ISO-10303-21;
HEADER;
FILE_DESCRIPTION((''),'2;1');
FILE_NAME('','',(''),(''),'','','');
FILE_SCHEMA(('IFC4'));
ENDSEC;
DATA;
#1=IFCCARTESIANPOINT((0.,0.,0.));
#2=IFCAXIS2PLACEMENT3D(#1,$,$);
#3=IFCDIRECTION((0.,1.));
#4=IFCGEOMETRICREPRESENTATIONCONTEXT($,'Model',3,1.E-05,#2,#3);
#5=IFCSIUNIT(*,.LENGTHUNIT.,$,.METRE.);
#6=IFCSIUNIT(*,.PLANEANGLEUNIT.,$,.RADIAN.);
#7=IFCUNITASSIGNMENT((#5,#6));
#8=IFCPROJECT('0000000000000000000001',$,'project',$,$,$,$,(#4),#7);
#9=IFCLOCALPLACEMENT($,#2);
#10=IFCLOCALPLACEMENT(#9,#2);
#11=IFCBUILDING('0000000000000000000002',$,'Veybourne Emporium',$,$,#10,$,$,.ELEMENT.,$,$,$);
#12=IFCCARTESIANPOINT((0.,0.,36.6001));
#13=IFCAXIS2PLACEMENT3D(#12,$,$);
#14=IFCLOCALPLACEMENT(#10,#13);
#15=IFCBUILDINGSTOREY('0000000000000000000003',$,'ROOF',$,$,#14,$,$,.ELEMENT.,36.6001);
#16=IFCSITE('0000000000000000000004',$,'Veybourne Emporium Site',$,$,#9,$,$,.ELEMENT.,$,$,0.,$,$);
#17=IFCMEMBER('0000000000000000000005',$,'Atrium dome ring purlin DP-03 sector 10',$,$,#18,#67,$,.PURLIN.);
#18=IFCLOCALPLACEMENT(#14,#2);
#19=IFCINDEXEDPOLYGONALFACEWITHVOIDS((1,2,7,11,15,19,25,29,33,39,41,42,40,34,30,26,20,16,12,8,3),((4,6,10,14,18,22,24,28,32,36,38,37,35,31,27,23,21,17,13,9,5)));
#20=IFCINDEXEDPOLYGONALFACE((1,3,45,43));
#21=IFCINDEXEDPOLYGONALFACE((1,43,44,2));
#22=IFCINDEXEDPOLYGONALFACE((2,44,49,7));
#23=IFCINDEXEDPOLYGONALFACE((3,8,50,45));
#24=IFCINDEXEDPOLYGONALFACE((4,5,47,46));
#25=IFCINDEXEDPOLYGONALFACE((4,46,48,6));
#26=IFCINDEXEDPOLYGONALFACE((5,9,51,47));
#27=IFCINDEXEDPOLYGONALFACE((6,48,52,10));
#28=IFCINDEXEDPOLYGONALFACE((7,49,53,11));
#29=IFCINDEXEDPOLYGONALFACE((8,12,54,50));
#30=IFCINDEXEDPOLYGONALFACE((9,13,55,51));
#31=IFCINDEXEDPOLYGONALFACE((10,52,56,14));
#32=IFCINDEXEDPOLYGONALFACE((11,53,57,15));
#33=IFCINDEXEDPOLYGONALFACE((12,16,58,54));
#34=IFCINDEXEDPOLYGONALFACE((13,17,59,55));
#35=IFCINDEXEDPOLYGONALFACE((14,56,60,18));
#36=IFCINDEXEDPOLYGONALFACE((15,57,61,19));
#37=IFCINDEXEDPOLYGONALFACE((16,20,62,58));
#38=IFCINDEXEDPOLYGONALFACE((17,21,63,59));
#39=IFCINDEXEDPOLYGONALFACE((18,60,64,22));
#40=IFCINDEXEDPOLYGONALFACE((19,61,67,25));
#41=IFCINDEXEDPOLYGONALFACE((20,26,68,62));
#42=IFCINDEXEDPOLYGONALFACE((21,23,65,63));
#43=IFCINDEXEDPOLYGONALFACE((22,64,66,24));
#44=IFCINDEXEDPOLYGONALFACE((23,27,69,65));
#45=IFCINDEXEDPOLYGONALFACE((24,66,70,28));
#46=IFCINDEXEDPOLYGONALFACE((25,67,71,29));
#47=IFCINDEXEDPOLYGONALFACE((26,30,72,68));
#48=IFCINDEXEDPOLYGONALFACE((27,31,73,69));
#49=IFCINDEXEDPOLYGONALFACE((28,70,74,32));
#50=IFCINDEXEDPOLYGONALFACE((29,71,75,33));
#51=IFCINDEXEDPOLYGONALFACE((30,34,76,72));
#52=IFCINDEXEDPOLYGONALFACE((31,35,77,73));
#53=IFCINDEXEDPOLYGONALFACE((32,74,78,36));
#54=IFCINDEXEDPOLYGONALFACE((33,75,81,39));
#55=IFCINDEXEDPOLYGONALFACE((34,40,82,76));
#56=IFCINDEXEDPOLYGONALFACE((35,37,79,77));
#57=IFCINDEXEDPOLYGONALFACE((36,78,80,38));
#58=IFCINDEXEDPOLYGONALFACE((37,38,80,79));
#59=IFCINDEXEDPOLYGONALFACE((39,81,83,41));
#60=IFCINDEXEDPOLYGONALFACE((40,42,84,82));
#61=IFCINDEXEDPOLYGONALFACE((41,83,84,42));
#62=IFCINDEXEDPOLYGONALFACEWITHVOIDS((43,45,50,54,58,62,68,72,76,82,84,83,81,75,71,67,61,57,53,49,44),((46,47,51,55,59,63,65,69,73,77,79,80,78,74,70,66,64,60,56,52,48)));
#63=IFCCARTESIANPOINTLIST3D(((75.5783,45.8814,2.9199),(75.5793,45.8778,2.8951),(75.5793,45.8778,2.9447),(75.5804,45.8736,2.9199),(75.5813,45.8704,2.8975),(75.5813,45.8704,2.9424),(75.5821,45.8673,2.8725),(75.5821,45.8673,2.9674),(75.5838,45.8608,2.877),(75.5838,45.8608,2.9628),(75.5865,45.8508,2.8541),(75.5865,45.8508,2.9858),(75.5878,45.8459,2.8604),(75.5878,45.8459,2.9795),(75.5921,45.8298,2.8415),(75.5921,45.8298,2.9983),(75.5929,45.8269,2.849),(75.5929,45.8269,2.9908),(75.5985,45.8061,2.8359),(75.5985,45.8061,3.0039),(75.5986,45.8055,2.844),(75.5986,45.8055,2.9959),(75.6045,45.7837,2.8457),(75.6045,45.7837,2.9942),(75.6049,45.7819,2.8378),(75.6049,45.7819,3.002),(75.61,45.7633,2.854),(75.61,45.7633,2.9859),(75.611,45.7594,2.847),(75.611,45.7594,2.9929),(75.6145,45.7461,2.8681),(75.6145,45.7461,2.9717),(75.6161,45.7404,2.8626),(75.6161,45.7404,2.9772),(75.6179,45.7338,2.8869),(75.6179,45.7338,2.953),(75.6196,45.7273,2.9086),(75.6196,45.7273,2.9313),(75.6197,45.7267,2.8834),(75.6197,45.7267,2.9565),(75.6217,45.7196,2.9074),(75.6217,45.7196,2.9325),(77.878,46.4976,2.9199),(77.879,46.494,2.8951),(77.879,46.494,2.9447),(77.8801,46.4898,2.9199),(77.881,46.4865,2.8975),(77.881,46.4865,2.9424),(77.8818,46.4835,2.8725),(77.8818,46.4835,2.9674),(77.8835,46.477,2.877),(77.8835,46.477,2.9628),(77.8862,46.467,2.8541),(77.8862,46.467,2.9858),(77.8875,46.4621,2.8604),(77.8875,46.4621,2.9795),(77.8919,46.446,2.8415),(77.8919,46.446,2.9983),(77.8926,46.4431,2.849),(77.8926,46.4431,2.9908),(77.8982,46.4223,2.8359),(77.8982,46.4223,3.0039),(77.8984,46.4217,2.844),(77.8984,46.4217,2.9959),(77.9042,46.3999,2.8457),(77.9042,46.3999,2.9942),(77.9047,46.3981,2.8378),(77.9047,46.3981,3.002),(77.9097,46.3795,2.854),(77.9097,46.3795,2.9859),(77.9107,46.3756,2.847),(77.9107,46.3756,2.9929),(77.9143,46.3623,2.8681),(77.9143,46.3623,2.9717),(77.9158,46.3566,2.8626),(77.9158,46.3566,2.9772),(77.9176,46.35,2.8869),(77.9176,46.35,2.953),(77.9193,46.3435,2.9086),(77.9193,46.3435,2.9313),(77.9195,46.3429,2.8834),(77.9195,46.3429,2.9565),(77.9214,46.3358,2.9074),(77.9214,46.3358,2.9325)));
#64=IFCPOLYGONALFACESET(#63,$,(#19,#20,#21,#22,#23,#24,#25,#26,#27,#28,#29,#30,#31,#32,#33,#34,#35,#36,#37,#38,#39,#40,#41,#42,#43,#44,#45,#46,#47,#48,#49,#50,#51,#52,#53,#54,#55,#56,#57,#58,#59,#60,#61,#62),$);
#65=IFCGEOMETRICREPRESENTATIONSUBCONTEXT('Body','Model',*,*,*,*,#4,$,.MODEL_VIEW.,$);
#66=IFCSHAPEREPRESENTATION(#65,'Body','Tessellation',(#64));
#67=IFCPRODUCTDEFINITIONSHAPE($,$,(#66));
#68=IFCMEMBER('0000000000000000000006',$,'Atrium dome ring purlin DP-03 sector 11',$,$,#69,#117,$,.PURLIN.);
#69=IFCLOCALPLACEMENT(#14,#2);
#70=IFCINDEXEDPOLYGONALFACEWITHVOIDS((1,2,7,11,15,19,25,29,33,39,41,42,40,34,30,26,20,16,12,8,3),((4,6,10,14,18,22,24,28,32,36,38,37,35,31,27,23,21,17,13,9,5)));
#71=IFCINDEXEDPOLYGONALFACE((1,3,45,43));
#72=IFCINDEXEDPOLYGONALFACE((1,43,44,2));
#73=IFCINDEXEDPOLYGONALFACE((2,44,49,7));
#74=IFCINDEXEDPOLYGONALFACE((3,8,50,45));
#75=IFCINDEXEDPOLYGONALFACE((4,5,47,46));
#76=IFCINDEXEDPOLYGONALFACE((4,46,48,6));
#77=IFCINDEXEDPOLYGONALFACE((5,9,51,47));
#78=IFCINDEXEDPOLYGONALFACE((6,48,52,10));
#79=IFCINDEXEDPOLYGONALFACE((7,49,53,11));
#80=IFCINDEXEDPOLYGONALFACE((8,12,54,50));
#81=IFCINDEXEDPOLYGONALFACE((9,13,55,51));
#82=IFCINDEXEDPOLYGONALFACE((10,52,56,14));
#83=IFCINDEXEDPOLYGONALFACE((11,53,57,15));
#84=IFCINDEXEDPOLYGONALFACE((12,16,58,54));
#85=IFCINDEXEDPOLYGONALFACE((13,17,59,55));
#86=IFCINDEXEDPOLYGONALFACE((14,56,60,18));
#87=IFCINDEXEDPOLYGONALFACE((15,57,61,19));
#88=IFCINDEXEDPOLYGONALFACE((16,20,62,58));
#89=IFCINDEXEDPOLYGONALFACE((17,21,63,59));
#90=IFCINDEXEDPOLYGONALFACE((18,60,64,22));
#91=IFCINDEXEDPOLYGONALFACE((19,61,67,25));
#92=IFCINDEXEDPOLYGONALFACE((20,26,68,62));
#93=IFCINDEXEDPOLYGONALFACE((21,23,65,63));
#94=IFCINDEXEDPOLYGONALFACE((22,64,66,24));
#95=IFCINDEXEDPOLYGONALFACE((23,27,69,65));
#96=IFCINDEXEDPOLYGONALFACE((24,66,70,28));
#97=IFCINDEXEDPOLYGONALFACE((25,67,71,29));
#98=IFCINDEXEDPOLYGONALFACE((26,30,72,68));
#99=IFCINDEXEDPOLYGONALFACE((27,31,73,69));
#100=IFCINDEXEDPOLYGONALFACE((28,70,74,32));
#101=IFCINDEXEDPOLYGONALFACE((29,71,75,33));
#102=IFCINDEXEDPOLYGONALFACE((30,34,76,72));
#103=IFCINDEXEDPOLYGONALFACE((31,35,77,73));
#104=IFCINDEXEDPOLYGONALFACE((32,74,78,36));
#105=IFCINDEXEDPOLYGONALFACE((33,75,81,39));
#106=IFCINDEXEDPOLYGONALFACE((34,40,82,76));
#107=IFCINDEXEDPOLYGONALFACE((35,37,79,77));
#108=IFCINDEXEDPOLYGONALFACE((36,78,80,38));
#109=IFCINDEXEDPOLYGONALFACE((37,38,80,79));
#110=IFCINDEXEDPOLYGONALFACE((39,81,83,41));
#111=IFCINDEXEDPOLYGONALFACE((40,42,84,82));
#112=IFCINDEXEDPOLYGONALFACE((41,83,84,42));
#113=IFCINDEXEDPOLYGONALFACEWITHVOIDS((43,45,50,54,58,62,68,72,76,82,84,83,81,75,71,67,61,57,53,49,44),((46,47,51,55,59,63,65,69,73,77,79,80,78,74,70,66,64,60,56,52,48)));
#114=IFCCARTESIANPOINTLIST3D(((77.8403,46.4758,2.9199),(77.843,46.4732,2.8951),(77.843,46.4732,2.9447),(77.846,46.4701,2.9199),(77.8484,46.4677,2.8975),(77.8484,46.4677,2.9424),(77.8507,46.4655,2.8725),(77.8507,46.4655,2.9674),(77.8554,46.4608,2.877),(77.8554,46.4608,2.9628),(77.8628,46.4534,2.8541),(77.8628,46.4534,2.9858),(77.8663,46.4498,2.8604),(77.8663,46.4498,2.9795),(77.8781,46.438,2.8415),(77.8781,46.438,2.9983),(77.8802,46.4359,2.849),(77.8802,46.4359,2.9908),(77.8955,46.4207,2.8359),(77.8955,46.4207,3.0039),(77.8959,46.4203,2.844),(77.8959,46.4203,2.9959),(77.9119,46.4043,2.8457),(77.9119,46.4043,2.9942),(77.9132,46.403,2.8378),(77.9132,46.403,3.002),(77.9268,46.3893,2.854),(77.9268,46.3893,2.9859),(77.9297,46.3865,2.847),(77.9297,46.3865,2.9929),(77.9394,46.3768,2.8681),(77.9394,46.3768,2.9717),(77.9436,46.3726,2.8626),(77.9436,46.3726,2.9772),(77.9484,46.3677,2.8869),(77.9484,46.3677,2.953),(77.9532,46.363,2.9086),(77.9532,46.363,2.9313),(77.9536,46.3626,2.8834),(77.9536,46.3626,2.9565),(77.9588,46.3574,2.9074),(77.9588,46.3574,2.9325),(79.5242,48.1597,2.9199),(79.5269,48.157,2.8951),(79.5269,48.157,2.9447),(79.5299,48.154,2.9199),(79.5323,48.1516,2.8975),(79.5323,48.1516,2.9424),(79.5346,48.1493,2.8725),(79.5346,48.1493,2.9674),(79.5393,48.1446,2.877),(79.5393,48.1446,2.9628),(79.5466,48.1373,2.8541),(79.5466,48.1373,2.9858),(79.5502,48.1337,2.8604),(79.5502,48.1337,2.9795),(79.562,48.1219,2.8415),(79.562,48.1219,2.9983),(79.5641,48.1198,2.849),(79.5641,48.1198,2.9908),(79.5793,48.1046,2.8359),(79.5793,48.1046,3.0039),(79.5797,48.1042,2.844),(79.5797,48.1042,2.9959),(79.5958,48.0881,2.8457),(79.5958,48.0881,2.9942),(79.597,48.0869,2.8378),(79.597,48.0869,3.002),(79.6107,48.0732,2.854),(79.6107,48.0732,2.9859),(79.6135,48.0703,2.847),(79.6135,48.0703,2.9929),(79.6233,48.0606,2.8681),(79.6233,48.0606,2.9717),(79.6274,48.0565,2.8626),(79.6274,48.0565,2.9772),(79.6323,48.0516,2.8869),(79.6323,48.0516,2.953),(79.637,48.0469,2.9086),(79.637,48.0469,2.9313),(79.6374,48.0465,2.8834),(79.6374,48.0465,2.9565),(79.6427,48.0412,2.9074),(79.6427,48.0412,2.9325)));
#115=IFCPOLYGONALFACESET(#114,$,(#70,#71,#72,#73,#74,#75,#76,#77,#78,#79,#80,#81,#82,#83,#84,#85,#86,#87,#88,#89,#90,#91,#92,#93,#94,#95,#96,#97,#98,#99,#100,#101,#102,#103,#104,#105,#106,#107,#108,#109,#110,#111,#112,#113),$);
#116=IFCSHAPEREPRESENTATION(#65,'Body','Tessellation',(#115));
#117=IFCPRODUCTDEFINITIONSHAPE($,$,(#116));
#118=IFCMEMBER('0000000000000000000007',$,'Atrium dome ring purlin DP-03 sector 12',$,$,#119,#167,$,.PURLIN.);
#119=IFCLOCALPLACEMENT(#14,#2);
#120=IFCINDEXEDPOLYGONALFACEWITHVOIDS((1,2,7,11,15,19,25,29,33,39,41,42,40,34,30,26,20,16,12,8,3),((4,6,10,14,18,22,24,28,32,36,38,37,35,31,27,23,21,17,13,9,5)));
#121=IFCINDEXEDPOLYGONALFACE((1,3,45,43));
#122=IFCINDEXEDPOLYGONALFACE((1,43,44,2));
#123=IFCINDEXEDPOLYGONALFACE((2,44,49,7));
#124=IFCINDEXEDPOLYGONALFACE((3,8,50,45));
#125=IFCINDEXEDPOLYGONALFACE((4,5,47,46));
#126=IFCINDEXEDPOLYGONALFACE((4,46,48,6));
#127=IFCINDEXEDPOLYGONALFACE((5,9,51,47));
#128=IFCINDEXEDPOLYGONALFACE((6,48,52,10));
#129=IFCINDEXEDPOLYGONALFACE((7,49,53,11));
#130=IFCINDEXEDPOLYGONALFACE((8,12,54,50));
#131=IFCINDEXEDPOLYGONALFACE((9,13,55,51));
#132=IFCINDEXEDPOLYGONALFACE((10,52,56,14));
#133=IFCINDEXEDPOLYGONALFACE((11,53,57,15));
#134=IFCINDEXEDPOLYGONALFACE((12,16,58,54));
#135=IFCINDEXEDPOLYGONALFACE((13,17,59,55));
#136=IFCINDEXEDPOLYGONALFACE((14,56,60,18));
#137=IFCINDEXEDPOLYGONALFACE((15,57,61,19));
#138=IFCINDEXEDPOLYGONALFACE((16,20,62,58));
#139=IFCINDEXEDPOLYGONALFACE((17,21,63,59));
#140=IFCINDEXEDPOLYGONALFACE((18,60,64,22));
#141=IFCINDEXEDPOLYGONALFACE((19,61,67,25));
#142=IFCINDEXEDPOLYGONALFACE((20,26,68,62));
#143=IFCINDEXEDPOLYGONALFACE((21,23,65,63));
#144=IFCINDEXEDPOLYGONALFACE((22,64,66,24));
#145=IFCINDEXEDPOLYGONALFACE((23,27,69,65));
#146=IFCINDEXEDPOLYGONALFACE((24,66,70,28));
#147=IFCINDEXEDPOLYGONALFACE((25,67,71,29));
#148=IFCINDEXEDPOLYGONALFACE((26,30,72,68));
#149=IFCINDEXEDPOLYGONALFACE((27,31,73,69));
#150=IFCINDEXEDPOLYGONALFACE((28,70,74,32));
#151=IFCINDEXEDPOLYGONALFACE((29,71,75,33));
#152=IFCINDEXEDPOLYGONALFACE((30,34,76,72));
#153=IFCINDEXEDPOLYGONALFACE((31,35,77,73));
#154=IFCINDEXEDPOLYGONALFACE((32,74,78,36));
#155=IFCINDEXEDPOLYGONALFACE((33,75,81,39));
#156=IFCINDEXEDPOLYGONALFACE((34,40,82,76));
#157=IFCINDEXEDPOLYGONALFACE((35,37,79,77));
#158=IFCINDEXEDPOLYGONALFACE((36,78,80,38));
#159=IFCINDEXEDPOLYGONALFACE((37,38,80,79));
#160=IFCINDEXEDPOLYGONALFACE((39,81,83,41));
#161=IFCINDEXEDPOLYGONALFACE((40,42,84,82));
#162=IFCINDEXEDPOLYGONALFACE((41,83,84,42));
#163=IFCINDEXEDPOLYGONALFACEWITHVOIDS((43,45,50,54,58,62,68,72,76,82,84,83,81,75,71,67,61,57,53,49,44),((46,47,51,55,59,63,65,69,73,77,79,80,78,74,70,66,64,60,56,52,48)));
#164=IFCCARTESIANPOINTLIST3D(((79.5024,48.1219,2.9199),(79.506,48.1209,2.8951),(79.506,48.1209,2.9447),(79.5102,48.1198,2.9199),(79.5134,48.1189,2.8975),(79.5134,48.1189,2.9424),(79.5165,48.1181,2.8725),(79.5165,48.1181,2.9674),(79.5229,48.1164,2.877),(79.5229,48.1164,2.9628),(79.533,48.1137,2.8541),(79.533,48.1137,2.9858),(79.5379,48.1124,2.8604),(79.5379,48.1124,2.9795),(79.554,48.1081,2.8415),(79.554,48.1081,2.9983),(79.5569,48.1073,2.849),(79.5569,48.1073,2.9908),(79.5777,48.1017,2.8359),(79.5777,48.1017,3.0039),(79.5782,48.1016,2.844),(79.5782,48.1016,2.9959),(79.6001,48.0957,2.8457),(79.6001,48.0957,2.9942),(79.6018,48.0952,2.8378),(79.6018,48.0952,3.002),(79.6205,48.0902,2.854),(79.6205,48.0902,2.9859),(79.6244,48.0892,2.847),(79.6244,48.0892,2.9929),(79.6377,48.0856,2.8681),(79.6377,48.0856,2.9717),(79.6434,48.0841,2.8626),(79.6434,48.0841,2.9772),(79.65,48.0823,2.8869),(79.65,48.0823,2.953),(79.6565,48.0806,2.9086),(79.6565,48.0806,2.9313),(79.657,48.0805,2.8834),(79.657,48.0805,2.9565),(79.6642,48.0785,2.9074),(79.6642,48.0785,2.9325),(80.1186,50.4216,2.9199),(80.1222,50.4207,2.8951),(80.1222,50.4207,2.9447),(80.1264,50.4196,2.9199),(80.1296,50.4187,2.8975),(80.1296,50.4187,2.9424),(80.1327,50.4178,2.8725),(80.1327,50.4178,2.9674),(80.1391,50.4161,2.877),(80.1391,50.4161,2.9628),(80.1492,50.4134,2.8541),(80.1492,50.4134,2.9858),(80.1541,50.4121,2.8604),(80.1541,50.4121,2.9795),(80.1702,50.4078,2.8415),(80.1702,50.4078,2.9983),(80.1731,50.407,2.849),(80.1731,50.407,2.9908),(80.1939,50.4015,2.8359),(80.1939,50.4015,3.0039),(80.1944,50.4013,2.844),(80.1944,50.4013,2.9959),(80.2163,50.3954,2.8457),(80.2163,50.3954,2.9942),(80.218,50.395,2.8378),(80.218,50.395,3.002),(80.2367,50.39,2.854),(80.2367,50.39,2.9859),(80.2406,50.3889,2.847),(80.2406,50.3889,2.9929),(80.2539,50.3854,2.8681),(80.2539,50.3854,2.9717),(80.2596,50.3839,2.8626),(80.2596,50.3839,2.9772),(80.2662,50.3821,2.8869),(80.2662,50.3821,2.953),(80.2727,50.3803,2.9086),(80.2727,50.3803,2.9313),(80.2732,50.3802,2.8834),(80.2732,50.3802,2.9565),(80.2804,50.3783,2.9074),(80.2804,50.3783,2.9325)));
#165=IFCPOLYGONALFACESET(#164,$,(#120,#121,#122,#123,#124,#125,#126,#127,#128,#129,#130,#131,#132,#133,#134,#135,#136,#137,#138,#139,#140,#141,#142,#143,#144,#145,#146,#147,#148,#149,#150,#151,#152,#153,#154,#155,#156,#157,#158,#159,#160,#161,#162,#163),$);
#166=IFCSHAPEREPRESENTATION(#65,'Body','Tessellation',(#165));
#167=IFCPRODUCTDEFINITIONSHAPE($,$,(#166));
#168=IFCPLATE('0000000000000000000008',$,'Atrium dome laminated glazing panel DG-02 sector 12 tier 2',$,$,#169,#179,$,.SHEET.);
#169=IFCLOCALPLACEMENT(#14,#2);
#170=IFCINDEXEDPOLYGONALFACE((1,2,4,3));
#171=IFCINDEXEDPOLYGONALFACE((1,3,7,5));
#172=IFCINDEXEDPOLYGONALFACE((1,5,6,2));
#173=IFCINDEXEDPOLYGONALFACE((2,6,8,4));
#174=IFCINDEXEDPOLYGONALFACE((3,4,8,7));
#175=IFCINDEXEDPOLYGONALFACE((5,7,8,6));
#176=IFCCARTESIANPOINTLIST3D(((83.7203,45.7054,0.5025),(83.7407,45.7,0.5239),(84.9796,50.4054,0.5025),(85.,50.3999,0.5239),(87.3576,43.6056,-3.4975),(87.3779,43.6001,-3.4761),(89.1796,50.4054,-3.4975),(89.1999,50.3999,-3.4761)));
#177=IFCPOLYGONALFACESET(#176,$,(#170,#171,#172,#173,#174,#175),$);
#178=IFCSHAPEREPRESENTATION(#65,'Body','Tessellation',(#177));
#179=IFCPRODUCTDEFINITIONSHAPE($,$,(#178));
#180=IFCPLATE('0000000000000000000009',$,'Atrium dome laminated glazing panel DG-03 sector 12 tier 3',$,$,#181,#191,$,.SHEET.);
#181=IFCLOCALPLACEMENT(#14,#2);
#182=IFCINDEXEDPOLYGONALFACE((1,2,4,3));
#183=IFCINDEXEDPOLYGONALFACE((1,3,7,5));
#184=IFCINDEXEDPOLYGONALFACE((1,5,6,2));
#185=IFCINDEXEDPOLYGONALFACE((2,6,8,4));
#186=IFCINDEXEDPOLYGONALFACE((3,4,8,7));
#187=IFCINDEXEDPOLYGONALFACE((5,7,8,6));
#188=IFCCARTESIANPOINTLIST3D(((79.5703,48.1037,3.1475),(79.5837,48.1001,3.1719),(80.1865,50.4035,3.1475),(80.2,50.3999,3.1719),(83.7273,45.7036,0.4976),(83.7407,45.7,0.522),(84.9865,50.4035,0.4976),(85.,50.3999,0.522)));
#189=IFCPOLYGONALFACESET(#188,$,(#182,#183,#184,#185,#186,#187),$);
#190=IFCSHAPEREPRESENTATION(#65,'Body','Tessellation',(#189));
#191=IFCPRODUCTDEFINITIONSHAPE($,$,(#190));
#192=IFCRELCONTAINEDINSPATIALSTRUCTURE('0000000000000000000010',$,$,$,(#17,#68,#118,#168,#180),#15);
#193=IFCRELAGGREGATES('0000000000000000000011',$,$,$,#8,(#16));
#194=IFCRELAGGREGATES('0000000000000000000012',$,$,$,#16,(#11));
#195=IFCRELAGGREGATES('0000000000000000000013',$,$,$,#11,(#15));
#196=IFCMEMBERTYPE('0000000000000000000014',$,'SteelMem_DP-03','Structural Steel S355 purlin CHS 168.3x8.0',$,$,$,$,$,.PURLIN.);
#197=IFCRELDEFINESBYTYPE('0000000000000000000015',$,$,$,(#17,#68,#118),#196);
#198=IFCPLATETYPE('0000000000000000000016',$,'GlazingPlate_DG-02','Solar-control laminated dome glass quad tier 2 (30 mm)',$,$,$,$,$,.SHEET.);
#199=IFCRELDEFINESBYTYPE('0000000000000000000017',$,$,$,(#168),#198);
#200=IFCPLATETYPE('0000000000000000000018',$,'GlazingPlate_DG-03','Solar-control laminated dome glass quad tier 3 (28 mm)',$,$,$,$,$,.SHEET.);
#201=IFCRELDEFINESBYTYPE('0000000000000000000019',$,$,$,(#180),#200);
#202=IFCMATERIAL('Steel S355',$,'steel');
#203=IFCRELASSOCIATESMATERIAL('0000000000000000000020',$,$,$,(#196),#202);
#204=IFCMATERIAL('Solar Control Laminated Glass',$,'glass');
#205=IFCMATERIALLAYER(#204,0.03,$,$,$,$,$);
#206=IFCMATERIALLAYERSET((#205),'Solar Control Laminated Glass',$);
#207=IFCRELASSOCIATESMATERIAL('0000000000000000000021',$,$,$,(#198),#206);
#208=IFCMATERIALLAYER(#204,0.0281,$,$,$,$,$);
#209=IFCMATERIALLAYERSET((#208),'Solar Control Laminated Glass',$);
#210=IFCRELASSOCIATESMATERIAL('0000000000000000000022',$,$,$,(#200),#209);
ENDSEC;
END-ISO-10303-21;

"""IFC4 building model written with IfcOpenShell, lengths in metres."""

from ifc_helpers import new_model, si_unit, direction, frame, origin, origin_2d, place, context, subcontext, project, spatial, polyline, hollow_circle, outline, extrude, material, layer, layer_set, material_profile, profile_set, type_object, element, save


model = new_model("IFC4")

# Units and contexts
model_context = context("Model", 3, precision=1e-05, world=origin(), true_north=direction((0.0, 1.0)))
body_context = subcontext(model_context, "Body", "Model", "MODEL_VIEW")
ifc_project = project(units=[si_unit("LENGTHUNIT", "METRE"), si_unit("PLANEANGLEUNIT", "RADIAN")], contexts=[model_context])

# Site, building, storey
site_placement = place(None, origin())
site = spatial("IfcSite", under=ifc_project, at=site_placement, Name="Veybourne Emporium Site", CompositionType="ELEMENT", RefElevation=0.0)
building_placement = place(site_placement, origin())
building = spatial("IfcBuilding", under=site, at=building_placement, Name="Veybourne Emporium", CompositionType="ELEMENT")
storey_placement = place(building_placement, frame((0.0, 0.0, 36.6001)))
storey = spatial("IfcBuildingStorey", under=building, at=storey_placement, Name="ROOF", CompositionType="ELEMENT", Elevation=36.6001)

# Shared definitions
ifc_material_1 = material(Name="Steel S355", Category="steel")

# Members
ifc_material_profile_1 = material_profile(ifc_material_1, hollow_circle(Radius=0.0842, WallThickness=0.0081, at=origin_2d()), Name="CHS 168.3x8.0")
ifc_profile_set_1 = profile_set([ifc_material_profile_1], Name="Steel S355")
member_type_1 = type_object("IfcMemberType", Name="SteelMem_DP-03", Description="Structural Steel S355 purlin CHS 168.3x8.0", PredefinedType="PURLIN", material=ifc_profile_set_1)
member_1_placement = place(storey_placement, frame((75.6001, 45.8, 2.9199), z_axis=(0.965928, 0.258811, 0.0), x_axis=(-0.258811, 0.965928, 0.0)))
element("IfcMember", 1, at=member_1_placement, inside=storey, type_object=member_type_1, Name="Atrium dome ring purlin DP-03 sector 10", PredefinedType="PURLIN", context=body_context, shape_type="SweptSolid", body=[
    extrude(hollow_circle(Radius=0.0842, WallThickness=0.0081, at=origin_2d()), origin(), (0.0, 0.0, 1.0), 2.3809),
])
member_2_placement = place(storey_placement, frame((77.8999, 46.4163, 2.9199), z_axis=(0.707107, 0.707107, 0.0), x_axis=(-0.707107, 0.707107, 0.0)))
element("IfcMember", 2, at=member_2_placement, inside=storey, type_object=member_type_1, Name="Atrium dome ring purlin DP-03 sector 11", PredefinedType="PURLIN", context=body_context, shape_type="SweptSolid", body=[
    extrude(hollow_circle(Radius=0.0842, WallThickness=0.0081, at=origin_2d()), origin(), (0.0, 0.0, 1.0), 2.3813),
])
member_3_placement = place(storey_placement, frame((79.5837, 48.1001, 2.9199), z_axis=(0.258811, 0.965928, 0.0), x_axis=(-0.965928, 0.258811, 0.0)))
element("IfcMember", 3, at=member_3_placement, inside=storey, type_object=member_type_1, Name="Atrium dome ring purlin DP-03 sector 12", PredefinedType="PURLIN", context=body_context, shape_type="SweptSolid", body=[
    extrude(hollow_circle(Radius=0.0842, WallThickness=0.0081, at=origin_2d()), origin(), (0.0, 0.0, 1.0), 2.3809),
])

# Plates
ifc_material_2 = material(Name="Solar Control Laminated Glass", Category="glass")
ifc_layer_1 = layer(ifc_material_2, 0.03)
ifc_layer_set_1 = layer_set([ifc_layer_1], Name="Solar Control Laminated Glass")
plate_type_1 = type_object("IfcPlateType", Name="GlazingPlate_DG-02", Description="Solar-control laminated dome glass quad tier 2 (30 mm)", PredefinedType="SHEET", material=ifc_layer_set_1)
plate_1_placement = place(storey_placement, frame((87.3779, 43.6001, -3.4761), z_axis=(0.678182, -0.181715, 0.712074), x_axis=(0.258818, 0.965926, -0.000003)))
element("IfcPlate", 4, at=plate_1_placement, inside=storey, type_object=plate_type_1, Name="Atrium dome laminated glazing panel DG-02 sector 12 tier 2", PredefinedType="SHEET", context=body_context, shape_type="SweptSolid", body=[
    extrude(outline(polyline([(0.0, 0.0), (7.0397, 0.0), (5.9526, 5.6972), (1.0869, 5.6971), (0.0, 0.0)])), origin(), (0.0, 0.0, -1.0), 0.03),
])
ifc_layer_2 = layer(ifc_material_2, 0.0281)
ifc_layer_set_2 = layer_set([ifc_layer_2], Name="Solar Control Laminated Glass")
plate_type_2 = type_object("IfcPlateType", Name="GlazingPlate_DG-03", Description="Solar-control laminated dome glass quad tier 3 (28 mm)", PredefinedType="SHEET", material=ifc_layer_set_2)
plate_2_placement = place(storey_placement, frame((83.7407, 45.7, 0.522), z_axis=(0.479298, -0.128421, 0.868206), x_axis=(0.258806, 0.965929, 0.000001)))
element("IfcPlate", 5, at=plate_2_placement, inside=storey, type_object=plate_type_2, Name="Atrium dome laminated glazing panel DG-03 sector 12 tier 3", PredefinedType="SHEET", context=body_context, shape_type="SweptSolid", body=[
    extrude(outline(polyline([(0.0, 0.0), (4.8657, 0.0), (3.6235, 5.3403), (1.2425, 5.3403), (0.0, 0.0)])), origin(), (0.0, 0.0, -1.0), 0.0281),
])

save(model, "model.ifc")
